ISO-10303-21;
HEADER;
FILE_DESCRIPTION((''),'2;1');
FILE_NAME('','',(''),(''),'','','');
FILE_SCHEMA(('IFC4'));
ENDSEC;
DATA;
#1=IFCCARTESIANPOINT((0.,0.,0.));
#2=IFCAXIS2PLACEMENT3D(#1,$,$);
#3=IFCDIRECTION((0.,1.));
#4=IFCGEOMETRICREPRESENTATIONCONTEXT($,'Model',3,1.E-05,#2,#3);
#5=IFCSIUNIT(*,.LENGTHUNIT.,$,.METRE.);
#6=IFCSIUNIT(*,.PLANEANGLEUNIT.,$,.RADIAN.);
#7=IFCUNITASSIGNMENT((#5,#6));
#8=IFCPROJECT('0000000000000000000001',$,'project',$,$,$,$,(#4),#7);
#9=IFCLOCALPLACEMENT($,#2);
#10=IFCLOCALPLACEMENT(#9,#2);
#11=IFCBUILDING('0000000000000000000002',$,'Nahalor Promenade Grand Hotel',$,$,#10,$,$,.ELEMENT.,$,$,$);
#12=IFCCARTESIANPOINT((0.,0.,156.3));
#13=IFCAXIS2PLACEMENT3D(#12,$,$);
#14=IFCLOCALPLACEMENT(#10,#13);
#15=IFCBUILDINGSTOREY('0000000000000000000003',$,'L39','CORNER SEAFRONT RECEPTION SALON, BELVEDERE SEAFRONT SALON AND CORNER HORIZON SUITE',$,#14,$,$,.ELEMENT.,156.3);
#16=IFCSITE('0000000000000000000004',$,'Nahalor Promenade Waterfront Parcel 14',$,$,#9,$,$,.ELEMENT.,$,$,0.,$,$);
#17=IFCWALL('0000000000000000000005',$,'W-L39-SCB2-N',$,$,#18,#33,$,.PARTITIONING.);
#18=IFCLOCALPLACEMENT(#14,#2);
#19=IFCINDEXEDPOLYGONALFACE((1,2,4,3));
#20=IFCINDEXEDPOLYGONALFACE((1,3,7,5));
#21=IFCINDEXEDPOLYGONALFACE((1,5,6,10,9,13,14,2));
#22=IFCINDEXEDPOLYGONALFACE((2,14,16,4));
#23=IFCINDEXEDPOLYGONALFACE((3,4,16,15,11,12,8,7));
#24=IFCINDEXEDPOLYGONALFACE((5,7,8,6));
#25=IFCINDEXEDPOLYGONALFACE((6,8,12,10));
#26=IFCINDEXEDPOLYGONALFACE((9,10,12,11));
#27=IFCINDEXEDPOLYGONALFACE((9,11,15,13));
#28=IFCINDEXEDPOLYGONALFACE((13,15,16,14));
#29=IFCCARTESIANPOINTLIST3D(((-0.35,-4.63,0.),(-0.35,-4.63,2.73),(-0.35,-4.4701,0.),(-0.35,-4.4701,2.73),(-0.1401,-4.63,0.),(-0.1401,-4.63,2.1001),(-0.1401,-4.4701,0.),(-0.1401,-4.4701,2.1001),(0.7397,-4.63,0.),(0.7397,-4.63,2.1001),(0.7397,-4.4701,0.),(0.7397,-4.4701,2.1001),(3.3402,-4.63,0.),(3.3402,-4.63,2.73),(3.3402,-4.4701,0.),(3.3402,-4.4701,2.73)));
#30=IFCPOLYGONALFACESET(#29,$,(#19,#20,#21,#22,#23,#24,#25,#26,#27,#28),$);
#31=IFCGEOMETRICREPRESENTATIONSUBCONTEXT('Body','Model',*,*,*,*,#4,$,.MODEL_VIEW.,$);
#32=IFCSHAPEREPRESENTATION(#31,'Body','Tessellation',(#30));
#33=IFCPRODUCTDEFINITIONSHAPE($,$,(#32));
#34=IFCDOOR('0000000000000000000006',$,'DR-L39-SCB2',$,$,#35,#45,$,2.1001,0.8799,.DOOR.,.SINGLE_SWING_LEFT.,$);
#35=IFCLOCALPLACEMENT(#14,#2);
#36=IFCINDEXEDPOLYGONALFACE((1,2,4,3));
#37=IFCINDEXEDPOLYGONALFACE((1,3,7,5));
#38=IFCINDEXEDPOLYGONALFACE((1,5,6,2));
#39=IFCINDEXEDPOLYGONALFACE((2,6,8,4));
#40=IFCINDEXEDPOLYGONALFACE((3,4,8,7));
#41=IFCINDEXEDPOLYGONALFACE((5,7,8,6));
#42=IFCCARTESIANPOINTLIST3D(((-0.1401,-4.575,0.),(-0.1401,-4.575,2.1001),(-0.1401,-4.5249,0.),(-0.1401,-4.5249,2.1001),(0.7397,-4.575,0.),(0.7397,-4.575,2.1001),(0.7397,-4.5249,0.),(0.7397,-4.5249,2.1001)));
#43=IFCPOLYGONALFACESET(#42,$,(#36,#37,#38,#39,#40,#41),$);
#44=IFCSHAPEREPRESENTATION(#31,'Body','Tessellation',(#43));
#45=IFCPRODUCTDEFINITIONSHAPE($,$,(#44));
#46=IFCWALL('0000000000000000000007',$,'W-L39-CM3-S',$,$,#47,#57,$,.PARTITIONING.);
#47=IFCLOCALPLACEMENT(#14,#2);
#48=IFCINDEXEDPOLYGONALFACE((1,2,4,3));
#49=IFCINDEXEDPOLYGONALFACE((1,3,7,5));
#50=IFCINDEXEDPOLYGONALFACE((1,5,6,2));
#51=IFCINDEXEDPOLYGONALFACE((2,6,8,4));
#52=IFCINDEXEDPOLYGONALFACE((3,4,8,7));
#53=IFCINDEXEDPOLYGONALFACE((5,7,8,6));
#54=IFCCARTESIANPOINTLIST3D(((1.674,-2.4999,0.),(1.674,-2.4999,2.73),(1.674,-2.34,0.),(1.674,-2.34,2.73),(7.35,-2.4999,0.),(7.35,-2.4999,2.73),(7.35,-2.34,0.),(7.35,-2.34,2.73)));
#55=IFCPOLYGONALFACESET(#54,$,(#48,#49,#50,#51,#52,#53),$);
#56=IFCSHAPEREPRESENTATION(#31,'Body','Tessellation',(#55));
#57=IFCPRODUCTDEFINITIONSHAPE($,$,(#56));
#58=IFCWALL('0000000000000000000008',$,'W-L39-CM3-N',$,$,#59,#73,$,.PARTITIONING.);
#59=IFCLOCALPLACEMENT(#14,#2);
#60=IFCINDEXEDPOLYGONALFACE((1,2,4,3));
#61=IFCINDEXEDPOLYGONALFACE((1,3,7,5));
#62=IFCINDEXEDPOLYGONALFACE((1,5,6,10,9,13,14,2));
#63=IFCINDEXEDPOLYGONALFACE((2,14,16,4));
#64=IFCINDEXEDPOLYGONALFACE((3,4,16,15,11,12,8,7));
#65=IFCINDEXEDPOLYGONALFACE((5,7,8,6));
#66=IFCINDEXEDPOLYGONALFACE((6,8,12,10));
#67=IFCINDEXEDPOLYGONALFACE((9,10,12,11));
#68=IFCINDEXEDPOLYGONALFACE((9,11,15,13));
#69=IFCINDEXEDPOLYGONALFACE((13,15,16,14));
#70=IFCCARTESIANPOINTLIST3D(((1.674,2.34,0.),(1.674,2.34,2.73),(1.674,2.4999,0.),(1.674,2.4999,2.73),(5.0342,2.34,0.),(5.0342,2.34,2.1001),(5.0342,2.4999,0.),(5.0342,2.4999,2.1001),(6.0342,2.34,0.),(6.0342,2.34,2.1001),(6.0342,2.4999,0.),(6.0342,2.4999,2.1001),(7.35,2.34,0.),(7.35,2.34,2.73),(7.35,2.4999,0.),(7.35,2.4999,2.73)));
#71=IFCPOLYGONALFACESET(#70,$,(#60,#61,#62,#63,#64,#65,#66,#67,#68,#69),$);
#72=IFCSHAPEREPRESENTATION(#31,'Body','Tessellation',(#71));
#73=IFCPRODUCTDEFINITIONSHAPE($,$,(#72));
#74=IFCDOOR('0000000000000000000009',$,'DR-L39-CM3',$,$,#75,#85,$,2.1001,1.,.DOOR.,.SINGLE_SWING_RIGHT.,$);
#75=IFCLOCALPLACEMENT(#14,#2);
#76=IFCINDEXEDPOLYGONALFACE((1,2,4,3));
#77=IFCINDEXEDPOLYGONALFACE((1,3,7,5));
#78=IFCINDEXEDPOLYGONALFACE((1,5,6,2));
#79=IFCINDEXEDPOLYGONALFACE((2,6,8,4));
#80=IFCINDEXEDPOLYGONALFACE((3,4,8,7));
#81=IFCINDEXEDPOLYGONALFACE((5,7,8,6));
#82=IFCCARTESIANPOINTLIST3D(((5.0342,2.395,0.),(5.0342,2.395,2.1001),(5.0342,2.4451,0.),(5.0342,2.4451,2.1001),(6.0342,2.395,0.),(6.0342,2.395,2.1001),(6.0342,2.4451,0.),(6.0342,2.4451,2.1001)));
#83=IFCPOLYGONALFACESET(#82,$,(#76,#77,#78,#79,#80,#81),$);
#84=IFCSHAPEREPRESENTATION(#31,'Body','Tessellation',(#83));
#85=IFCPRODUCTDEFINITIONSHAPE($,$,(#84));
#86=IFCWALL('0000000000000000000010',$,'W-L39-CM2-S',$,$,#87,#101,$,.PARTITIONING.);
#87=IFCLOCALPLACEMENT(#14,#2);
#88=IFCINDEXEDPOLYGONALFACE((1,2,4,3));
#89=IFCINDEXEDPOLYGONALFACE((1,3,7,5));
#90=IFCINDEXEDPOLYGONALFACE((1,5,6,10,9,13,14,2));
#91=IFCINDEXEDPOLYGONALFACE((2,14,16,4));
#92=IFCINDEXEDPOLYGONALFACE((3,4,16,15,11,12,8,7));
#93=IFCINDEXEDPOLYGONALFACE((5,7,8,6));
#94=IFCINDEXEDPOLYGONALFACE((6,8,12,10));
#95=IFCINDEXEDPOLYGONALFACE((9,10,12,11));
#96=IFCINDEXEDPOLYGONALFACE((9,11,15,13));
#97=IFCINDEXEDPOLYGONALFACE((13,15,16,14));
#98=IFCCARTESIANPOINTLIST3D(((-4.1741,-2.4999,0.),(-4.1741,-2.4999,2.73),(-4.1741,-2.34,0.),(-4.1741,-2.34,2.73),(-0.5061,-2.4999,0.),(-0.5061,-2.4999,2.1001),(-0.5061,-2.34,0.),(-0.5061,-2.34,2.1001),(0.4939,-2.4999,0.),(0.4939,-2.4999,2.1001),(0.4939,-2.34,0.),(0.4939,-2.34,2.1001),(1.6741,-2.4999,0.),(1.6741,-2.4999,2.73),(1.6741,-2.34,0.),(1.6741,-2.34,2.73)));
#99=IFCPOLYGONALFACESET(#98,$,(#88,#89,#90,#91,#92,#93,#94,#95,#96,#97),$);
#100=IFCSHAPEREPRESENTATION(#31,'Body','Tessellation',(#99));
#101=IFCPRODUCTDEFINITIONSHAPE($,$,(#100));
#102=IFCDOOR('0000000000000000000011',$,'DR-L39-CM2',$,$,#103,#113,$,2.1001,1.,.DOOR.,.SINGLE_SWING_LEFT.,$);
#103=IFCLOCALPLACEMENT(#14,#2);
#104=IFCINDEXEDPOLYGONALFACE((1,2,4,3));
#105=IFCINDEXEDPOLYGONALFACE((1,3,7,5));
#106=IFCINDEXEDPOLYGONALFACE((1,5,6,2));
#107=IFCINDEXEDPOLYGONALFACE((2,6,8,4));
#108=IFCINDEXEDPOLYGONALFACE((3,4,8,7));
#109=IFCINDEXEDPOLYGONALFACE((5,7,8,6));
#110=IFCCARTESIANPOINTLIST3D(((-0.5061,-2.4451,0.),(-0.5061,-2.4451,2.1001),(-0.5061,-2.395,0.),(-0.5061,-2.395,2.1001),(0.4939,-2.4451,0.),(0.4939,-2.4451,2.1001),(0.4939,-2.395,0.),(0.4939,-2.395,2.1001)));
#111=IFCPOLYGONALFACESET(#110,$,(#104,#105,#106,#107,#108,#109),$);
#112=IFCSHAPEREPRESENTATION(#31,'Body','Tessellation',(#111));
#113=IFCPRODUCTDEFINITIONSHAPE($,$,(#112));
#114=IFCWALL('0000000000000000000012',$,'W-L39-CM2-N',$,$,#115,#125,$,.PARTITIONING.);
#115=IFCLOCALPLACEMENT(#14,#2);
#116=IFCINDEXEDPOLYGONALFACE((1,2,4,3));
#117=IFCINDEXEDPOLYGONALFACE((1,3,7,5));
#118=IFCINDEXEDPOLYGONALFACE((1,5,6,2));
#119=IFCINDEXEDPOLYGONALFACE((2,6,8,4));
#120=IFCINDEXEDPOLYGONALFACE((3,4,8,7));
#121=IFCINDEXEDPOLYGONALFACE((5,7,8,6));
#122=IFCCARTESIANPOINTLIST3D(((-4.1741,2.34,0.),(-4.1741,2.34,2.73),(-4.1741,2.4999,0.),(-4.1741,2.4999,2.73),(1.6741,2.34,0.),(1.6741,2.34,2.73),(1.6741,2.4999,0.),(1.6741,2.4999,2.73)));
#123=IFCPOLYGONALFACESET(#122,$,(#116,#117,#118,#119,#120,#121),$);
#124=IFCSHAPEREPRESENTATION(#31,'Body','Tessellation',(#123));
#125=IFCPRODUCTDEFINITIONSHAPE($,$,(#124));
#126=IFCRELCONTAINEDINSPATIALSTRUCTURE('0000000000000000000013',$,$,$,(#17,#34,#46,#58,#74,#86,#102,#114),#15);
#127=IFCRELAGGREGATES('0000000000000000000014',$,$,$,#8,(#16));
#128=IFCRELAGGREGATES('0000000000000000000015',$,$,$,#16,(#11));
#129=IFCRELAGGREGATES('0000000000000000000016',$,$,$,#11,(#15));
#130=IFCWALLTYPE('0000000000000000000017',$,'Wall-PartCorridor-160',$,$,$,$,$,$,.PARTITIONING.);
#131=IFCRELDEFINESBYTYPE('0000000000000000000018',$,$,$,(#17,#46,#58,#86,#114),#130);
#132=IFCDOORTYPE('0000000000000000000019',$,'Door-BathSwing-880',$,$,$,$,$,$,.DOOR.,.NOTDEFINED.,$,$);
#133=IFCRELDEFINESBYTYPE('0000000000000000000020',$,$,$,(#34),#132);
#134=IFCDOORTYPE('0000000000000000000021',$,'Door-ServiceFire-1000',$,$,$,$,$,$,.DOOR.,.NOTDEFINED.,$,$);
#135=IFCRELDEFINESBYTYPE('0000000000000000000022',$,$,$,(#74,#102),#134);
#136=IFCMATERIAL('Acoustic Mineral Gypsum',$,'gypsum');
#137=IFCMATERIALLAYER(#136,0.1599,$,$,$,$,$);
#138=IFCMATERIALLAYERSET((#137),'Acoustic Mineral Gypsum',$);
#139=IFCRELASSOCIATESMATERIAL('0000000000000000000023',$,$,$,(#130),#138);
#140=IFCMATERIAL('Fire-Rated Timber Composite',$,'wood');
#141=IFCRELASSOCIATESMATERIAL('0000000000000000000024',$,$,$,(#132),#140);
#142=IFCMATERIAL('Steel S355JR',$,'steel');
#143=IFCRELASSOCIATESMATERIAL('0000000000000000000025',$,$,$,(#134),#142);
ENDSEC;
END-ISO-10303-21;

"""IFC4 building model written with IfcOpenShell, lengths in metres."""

from ifc_helpers import new_model, si_unit, direction, frame, frame_2d, origin, place, context, subcontext, project, spatial, rectangle, extrude, source, transform, mapped, material, layer, layer_set, type_object, element, fill, save


model = new_model("IFC4")

# Units and contexts
model_context = context("Model", 3, precision=1e-05, world=origin(), true_north=direction((0.0, 1.0)))
body_context = subcontext(model_context, "Body", "Model", "MODEL_VIEW")
ifc_project = project(units=[si_unit("LENGTHUNIT", "METRE"), si_unit("PLANEANGLEUNIT", "RADIAN")], contexts=[model_context])

# Site, building, storey
site_placement = place(None, origin())
site = spatial("IfcSite", under=ifc_project, at=site_placement, Name="Nahalor Promenade Waterfront Parcel 14", CompositionType="ELEMENT", RefElevation=0.0)
building_placement = place(site_placement, origin())
building = spatial("IfcBuilding", under=site, at=building_placement, Name="Nahalor Promenade Grand Hotel", CompositionType="ELEMENT")
storey_placement = place(building_placement, frame((0.0, 0.0, 156.3)))
storey = spatial("IfcBuildingStorey", under=building, at=storey_placement, Name="L39", Description="CORNER SEAFRONT RECEPTION SALON, BELVEDERE SEAFRONT SALON AND CORNER HORIZON SUITE", CompositionType="ELEMENT", Elevation=156.3)

# Shared definitions
ifc_material_1 = material(Name="Steel S355JR", Category="steel")

# Shared definitions
ifc_material_2 = material(Name="Acoustic Mineral Gypsum", Category="gypsum")
ifc_layer_1 = layer(ifc_material_2, 0.1599)
ifc_layer_set_1 = layer_set([ifc_layer_1], Name="Acoustic Mineral Gypsum")
wall_type_1 = type_object("IfcWallType", Name="Wall-PartCorridor-160", PredefinedType="PARTITIONING", material=ifc_layer_set_1)

# Wall, opening, door
ifc_material_3 = material(Name="Fire-Rated Timber Composite", Category="wood")
door_type_1 = type_object("IfcDoorType", Name="Door-BathSwing-880", OperationType="NOTDEFINED", PredefinedType="DOOR", material=ifc_material_3)
shared_shape_1 = source(origin(), body_context, "Body", "SweptSolid", [
    extrude(rectangle(XDim=0.8799, YDim=2.1001, at=frame_2d((0.4399, 1.05))), frame((0.0, 0.0249, 0.0), z_axis=(0.0, -1.0, 0.0), x_axis=(1.0, 0.0, 0.0)), (0.0, 0.0, 1.0), 0.05),
])
shared_shape_2 = source(origin(), body_context, "Body", "SweptSolid", [
    extrude(rectangle(XDim=3.6902, YDim=0.1599, at=frame_2d((1.8452, 0.0))), origin(), (0.0, 0.0, 1.0), 2.73),
])
wall_1_placement = place(storey_placement, frame((-0.3501, -4.55, 0.0), z_axis=(0.0, 0.0, 1.0), x_axis=(1.0, 0.0, 0.0)))
wall_1 = element("IfcWall", 1, at=wall_1_placement, inside=storey, type_object=wall_type_1, Name="W-L39-SCB2-N", PredefinedType="PARTITIONING", context=body_context, shape_type="MappedRepresentation", body=[
    mapped(shared_shape_2, transform((0.0, 0.0, 0.0), scale=1.0)),
])
opening_1_placement = place(wall_1_placement, frame((0.21, 0.0, 0.0)))
opening_1 = element("IfcOpeningElement", 2, at=opening_1_placement, cuts=wall_1, PredefinedType="OPENING", context=body_context, shape_type="SweptSolid", body=[
    extrude(rectangle(XDim=0.8799, YDim=2.1001, at=frame_2d((0.4399, 1.05))), frame((0.0, 0.0898, 0.0), z_axis=(0.0, -1.0, 0.0), x_axis=(1.0, 0.0, 0.0)), (0.0, 0.0, 1.0), 0.1799),
])
door_1_placement = place(opening_1_placement, frame((0.8799, 0.0, 0.0), z_axis=(0.0, 0.0, 1.0), x_axis=(-1.0, 0.0, 0.0)))
door_1 = element("IfcDoor", 3, at=door_1_placement, inside=storey, type_object=door_type_1, Name="DR-L39-SCB2", OperationType="SINGLE_SWING_LEFT", OverallHeight=2.1001, OverallWidth=0.8799, PredefinedType="DOOR", context=body_context, shape_type="MappedRepresentation", body=[
    mapped(shared_shape_1, transform((0.0, 0.0, 0.0), scale=1.0)),
])
fill(opening_1, door_1)

# Wall
shared_shape_3 = source(origin(), body_context, "Body", "SweptSolid", [
    extrude(rectangle(XDim=5.676, YDim=0.1599, at=frame_2d((2.8379, 0.0))), origin(), (0.0, 0.0, 1.0), 2.73),
])
wall_2_placement = place(storey_placement, frame((1.6741, -2.4199, 0.0), z_axis=(0.0, 0.0, 1.0), x_axis=(1.0, 0.0, 0.0)))
element("IfcWall", 4, at=wall_2_placement, inside=storey, type_object=wall_type_1, Name="W-L39-CM3-S", PredefinedType="PARTITIONING", context=body_context, shape_type="MappedRepresentation", body=[
    mapped(shared_shape_3, transform((0.0, 0.0, 0.0), scale=1.0)),
])

# Walls, openings, doors
wall_3_placement = place(storey_placement, frame((1.6741, 2.4199, 0.0), z_axis=(0.0, 0.0, 1.0), x_axis=(1.0, 0.0, 0.0)))
wall_3 = element("IfcWall", 5, at=wall_3_placement, inside=storey, type_object=wall_type_1, Name="W-L39-CM3-N", PredefinedType="PARTITIONING", context=body_context, shape_type="MappedRepresentation", body=[
    mapped(shared_shape_3, transform((0.0, 0.0, 0.0), scale=1.0)),
])
opening_2_placement = place(wall_3_placement, frame((3.3601, 0.0, 0.0)))
opening_2 = element("IfcOpeningElement", 6, at=opening_2_placement, cuts=wall_3, PredefinedType="OPENING", context=body_context, shape_type="SweptSolid", body=[
    extrude(rectangle(XDim=1.0, YDim=2.1001, at=frame_2d((0.5, 1.05))), frame((0.0, 0.0898, 0.0), z_axis=(0.0, -1.0, 0.0), x_axis=(1.0, 0.0, 0.0)), (0.0, 0.0, 1.0), 0.1799),
])
door_type_2 = type_object("IfcDoorType", Name="Door-ServiceFire-1000", OperationType="NOTDEFINED", PredefinedType="DOOR", material=ifc_material_1)
shared_shape_4 = source(origin(), body_context, "Body", "SweptSolid", [
    extrude(rectangle(XDim=1.0, YDim=2.1001, at=frame_2d((0.5, 1.05))), frame((0.0, 0.0249, 0.0), z_axis=(0.0, -1.0, 0.0), x_axis=(1.0, 0.0, 0.0)), (0.0, 0.0, 1.0), 0.05),
])
door_2_placement = place(opening_2_placement, frame((1.0, 0.0, 0.0), z_axis=(0.0, 0.0, 1.0), x_axis=(-1.0, 0.0, 0.0)))
door_2 = element("IfcDoor", 7, at=door_2_placement, inside=storey, type_object=door_type_2, Name="DR-L39-CM3", OperationType="SINGLE_SWING_RIGHT", OverallHeight=2.1001, OverallWidth=1.0, PredefinedType="DOOR", context=body_context, shape_type="MappedRepresentation", body=[
    mapped(shared_shape_4, transform((0.0, 0.0, 0.0), scale=1.0)),
])
fill(opening_2, door_2)
shared_shape_5 = source(origin(), body_context, "Body", "SweptSolid", [
    extrude(rectangle(XDim=5.8481, YDim=0.1599, at=frame_2d((2.9241, 0.0))), origin(), (0.0, 0.0, 1.0), 2.73),
])
wall_4_placement = place(storey_placement, frame((-4.1741, -2.4199, 0.0), z_axis=(0.0, 0.0, 1.0), x_axis=(1.0, 0.0, 0.0)))
wall_4 = element("IfcWall", 8, at=wall_4_placement, inside=storey, type_object=wall_type_1, Name="W-L39-CM2-S", PredefinedType="PARTITIONING", context=body_context, shape_type="MappedRepresentation", body=[
    mapped(shared_shape_5, transform((0.0, 0.0, 0.0), scale=1.0)),
])
opening_3_placement = place(wall_4_placement, frame((3.668, 0.0, 0.0)))
opening_3 = element("IfcOpeningElement", 9, at=opening_3_placement, cuts=wall_4, PredefinedType="OPENING", context=body_context, shape_type="SweptSolid", body=[
    extrude(rectangle(XDim=1.0, YDim=2.1001, at=frame_2d((0.5, 1.05))), frame((0.0, 0.0898, 0.0), z_axis=(0.0, -1.0, 0.0), x_axis=(1.0, 0.0, 0.0)), (0.0, 0.0, 1.0), 0.1799),
])
door_3_placement = place(opening_3_placement, origin())
door_3 = element("IfcDoor", 10, at=door_3_placement, inside=storey, type_object=door_type_2, Name="DR-L39-CM2", OperationType="SINGLE_SWING_LEFT", OverallHeight=2.1001, OverallWidth=1.0, PredefinedType="DOOR", context=body_context, shape_type="MappedRepresentation", body=[
    mapped(shared_shape_4, transform((0.0, 0.0, 0.0), scale=1.0)),
])
fill(opening_3, door_3)

# Wall
wall_5_placement = place(storey_placement, frame((-4.1741, 2.4199, 0.0), z_axis=(0.0, 0.0, 1.0), x_axis=(1.0, 0.0, 0.0)))
element("IfcWall", 11, at=wall_5_placement, inside=storey, type_object=wall_type_1, Name="W-L39-CM2-N", PredefinedType="PARTITIONING", context=body_context, shape_type="MappedRepresentation", body=[
    mapped(shared_shape_5, transform((0.0, 0.0, 0.0), scale=1.0)),
])

save(model, "model.ifc")
